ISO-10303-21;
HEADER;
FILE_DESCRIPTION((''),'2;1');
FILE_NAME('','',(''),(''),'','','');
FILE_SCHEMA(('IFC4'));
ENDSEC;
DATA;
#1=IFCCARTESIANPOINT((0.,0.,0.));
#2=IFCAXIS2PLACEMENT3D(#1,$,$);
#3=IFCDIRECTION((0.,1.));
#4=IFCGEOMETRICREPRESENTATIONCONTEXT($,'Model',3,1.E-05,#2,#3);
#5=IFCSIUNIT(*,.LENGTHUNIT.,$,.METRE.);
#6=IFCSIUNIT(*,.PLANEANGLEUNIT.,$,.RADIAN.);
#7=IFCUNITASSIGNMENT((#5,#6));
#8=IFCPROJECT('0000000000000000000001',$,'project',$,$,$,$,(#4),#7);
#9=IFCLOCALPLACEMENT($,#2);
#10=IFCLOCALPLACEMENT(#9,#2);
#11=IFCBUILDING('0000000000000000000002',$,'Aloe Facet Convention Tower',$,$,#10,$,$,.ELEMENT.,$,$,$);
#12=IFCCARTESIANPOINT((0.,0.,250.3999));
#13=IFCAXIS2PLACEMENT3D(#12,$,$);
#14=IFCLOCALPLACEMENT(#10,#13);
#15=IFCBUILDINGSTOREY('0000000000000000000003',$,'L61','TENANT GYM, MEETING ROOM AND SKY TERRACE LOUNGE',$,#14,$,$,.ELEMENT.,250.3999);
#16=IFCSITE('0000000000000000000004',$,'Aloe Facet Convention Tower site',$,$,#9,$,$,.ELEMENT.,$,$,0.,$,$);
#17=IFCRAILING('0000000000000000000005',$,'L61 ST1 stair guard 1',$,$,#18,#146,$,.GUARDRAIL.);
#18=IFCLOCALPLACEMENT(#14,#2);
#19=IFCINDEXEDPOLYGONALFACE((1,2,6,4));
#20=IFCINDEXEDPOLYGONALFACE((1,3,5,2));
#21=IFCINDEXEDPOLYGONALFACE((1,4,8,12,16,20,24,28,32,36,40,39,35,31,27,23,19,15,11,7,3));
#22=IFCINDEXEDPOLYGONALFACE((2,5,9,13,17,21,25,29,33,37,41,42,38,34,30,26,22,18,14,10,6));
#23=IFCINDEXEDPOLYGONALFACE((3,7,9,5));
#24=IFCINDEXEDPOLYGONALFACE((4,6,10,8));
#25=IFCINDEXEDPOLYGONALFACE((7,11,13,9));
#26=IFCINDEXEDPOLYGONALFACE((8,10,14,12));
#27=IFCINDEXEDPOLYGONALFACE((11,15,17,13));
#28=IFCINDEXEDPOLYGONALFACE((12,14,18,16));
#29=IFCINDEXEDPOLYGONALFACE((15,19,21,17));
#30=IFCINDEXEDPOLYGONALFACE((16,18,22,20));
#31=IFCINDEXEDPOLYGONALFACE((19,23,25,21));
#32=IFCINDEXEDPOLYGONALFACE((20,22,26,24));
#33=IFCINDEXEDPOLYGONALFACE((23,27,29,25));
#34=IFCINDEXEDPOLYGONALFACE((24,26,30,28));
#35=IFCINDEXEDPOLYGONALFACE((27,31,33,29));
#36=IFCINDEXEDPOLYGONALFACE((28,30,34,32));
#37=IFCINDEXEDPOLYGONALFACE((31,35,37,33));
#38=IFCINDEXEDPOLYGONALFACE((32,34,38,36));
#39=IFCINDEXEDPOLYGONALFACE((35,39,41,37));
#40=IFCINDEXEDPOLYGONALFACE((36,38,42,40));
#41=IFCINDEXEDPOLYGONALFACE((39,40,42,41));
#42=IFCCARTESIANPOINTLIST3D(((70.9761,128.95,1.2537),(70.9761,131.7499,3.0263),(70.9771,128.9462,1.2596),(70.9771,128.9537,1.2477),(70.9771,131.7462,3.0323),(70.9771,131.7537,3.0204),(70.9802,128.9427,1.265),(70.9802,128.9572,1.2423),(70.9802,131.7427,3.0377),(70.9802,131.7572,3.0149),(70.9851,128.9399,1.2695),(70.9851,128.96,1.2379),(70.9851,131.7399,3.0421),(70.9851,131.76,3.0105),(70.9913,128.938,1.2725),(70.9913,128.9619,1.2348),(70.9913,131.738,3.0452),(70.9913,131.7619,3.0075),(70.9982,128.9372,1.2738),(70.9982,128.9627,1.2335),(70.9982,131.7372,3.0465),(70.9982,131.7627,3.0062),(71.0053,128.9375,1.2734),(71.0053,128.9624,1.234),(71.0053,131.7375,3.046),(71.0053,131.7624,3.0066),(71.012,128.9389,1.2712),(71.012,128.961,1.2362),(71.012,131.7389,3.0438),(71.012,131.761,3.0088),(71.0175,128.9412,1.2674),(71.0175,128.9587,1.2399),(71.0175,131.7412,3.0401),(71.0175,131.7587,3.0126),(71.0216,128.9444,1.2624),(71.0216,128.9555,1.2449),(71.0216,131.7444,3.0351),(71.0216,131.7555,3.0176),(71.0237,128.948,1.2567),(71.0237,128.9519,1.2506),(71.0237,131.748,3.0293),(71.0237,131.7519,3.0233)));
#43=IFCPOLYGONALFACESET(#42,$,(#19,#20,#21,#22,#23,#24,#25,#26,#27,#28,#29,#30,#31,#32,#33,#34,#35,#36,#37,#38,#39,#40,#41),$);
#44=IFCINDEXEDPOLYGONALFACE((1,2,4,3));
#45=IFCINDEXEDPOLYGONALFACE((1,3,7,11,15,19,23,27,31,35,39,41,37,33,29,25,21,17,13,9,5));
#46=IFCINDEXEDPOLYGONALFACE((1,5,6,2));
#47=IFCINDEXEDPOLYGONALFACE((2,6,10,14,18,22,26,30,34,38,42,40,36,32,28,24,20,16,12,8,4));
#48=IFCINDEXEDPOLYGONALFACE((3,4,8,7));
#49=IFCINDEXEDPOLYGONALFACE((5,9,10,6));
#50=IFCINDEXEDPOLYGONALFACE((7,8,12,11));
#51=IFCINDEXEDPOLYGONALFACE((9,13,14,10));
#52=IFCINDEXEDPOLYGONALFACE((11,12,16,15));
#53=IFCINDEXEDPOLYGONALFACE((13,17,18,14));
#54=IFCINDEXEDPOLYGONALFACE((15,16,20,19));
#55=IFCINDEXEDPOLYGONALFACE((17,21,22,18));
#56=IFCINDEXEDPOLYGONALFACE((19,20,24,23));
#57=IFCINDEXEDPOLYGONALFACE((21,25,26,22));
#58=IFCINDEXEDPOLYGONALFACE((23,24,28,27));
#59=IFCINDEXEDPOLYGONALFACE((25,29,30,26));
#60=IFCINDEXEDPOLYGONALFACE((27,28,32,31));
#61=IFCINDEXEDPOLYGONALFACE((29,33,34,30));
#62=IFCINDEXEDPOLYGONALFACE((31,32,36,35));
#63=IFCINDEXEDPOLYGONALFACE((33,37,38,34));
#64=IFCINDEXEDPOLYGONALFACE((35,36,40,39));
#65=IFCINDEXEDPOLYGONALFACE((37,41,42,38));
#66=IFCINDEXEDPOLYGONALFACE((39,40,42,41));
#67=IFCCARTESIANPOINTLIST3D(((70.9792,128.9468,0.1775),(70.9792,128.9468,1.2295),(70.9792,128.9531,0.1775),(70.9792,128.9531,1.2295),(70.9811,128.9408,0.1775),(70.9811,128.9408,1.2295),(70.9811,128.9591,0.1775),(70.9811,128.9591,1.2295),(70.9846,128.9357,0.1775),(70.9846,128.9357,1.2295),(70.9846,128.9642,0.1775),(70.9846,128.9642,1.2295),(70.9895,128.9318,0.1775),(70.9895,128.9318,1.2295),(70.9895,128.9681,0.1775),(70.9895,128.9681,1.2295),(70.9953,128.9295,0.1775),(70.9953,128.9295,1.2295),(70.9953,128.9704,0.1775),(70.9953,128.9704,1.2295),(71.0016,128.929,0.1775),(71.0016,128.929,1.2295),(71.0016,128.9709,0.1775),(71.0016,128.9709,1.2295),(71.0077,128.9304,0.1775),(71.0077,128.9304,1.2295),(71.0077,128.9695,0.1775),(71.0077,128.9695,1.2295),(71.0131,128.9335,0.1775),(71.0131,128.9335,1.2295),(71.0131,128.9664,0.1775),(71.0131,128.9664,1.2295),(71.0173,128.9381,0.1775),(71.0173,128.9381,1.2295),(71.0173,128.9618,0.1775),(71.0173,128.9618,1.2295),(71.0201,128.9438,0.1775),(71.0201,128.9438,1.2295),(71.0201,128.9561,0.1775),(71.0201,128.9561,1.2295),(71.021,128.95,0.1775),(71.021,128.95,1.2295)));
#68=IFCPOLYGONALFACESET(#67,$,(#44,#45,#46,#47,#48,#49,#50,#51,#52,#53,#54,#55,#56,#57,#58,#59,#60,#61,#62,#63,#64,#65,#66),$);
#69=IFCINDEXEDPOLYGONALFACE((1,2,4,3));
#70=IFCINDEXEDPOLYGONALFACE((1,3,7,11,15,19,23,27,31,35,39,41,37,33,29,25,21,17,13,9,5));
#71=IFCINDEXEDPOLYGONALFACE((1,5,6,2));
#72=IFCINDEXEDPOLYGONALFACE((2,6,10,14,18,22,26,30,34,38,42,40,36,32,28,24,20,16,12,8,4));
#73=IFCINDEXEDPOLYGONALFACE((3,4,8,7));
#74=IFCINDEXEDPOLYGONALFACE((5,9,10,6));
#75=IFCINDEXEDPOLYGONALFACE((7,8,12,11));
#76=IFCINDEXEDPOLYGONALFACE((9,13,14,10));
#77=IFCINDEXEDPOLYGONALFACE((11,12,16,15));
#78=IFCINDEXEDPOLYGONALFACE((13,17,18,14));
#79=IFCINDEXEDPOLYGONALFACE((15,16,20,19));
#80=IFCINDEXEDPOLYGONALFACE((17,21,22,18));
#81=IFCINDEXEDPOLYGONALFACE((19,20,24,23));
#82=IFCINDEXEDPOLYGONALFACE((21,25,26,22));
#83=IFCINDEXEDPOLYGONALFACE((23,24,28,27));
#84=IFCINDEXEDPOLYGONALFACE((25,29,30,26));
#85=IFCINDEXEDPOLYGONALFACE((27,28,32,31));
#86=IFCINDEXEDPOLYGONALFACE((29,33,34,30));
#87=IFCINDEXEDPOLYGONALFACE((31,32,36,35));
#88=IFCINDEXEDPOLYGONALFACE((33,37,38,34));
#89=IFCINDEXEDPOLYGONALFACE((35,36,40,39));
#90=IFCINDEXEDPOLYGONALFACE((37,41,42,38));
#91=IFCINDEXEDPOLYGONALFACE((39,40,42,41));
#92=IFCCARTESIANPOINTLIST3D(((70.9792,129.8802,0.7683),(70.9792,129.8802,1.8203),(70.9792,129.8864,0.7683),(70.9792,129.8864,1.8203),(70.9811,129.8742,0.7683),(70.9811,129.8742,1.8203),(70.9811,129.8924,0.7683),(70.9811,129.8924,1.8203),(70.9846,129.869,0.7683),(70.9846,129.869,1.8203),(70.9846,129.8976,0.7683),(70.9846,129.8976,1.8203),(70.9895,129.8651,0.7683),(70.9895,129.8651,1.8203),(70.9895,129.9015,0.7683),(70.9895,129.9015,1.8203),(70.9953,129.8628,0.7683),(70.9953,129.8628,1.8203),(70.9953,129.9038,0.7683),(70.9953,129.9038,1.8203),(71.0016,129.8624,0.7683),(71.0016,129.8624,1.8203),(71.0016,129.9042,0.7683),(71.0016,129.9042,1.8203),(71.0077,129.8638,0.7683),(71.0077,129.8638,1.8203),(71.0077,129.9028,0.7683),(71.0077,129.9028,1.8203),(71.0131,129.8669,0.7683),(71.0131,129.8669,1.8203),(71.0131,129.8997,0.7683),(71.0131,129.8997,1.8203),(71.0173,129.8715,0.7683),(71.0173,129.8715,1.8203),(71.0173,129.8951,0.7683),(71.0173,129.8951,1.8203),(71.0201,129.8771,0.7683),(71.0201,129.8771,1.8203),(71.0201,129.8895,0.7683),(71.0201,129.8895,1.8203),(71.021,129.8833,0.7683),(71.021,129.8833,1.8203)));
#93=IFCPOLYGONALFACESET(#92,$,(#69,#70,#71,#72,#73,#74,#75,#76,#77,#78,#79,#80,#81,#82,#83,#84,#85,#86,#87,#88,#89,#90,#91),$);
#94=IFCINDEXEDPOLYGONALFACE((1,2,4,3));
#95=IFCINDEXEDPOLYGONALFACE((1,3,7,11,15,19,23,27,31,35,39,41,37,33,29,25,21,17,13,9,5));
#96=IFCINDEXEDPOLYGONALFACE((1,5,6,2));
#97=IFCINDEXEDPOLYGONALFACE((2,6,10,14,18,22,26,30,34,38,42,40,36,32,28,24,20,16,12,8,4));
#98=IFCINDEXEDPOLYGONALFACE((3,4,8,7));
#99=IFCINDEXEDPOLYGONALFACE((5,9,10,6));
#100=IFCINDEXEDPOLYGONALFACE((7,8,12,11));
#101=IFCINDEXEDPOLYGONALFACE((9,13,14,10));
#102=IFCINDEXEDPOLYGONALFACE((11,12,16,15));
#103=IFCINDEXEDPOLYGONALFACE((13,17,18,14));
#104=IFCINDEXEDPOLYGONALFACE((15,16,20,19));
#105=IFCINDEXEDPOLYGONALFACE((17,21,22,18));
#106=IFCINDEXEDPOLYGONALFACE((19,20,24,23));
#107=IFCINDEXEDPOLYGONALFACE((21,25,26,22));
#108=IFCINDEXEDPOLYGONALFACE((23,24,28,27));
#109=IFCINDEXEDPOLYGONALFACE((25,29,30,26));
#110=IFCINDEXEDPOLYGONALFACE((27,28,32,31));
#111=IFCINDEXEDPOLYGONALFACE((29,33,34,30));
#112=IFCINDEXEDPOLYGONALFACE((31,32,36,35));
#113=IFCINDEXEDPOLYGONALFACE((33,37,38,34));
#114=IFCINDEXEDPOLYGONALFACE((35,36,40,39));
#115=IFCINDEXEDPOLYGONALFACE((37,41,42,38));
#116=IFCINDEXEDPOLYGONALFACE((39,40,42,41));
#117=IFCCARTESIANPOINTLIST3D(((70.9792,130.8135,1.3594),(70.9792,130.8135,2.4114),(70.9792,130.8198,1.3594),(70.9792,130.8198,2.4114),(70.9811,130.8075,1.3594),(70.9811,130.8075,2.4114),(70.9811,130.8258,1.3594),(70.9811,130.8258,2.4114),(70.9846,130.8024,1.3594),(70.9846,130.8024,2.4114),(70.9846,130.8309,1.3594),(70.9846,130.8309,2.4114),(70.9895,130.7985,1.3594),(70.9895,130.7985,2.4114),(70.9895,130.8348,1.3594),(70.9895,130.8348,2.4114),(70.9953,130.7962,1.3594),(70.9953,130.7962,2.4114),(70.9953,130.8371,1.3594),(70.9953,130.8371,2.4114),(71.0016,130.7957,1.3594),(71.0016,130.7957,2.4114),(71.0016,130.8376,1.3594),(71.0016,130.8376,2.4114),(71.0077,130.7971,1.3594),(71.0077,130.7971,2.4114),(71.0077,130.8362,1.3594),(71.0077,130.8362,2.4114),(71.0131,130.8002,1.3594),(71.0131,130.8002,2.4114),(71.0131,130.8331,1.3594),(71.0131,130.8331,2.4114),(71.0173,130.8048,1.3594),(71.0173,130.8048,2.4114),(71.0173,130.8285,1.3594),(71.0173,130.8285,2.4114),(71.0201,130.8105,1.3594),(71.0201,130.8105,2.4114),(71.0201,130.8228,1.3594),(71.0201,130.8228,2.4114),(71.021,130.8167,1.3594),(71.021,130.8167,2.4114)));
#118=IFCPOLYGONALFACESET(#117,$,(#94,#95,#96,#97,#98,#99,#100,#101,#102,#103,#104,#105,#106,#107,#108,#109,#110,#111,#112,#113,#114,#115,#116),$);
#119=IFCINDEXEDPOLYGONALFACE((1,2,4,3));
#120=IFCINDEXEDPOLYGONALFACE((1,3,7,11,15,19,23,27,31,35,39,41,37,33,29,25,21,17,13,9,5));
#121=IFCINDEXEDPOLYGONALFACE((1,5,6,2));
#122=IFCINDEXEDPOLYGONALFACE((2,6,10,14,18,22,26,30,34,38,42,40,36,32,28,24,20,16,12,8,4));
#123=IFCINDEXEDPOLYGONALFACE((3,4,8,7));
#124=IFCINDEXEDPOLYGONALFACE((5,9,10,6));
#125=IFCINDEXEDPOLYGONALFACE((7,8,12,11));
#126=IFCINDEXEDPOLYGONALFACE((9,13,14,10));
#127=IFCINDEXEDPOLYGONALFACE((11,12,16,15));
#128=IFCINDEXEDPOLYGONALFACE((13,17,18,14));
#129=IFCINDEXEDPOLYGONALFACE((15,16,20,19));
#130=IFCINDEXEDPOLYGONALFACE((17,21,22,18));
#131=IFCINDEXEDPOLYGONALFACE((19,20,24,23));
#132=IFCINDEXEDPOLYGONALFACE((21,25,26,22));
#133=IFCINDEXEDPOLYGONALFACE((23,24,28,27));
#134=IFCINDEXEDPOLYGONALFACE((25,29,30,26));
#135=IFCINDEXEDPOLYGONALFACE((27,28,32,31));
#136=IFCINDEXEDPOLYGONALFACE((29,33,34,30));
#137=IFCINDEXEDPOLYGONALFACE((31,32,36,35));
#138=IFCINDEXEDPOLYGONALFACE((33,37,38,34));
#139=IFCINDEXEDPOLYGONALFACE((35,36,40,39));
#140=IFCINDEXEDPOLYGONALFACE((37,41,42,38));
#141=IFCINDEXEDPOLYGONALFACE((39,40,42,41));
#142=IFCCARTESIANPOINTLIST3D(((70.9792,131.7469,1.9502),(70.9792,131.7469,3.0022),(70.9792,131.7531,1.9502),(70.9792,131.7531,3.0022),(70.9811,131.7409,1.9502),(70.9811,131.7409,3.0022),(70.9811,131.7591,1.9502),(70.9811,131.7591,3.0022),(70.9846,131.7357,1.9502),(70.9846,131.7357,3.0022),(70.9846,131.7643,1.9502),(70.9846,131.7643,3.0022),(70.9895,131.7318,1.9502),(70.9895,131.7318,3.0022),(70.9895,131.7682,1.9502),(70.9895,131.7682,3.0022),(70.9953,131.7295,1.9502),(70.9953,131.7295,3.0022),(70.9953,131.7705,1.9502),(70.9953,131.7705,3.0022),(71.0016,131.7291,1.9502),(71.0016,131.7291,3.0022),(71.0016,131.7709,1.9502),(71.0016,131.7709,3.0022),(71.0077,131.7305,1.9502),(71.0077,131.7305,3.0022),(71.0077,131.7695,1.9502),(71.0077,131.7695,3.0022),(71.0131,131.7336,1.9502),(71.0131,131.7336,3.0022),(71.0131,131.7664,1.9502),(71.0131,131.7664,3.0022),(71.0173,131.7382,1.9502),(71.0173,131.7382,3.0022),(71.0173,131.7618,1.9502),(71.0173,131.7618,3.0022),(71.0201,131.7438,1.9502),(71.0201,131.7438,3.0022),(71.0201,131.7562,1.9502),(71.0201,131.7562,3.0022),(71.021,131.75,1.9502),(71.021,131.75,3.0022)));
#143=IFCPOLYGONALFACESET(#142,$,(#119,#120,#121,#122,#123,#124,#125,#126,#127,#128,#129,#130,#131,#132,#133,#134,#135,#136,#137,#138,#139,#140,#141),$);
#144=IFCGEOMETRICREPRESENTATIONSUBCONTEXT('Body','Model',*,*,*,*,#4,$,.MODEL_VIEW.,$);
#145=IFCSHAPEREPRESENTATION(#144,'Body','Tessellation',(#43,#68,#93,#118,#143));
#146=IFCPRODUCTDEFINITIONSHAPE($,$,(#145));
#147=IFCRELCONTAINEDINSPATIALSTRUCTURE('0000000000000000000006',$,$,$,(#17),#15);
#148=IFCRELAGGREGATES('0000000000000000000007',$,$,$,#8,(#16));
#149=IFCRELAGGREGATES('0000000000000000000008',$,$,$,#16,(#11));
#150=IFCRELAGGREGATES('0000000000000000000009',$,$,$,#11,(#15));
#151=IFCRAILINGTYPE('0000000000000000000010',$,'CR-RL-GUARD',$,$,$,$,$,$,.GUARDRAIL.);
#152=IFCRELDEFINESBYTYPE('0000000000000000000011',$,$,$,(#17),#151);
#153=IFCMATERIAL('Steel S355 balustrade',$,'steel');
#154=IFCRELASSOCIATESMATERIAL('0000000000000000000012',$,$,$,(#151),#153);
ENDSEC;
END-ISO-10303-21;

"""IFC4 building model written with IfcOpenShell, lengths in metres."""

from ifc_helpers import new_model, si_unit, direction, frame, origin, origin_2d, place, context, subcontext, project, spatial, circle, extrude, material, type_object, element, save


model = new_model("IFC4")

# Units and contexts
model_context = context("Model", 3, precision=1e-05, world=origin(), true_north=direction((0.0, 1.0)))
body_context = subcontext(model_context, "Body", "Model", "MODEL_VIEW")
ifc_project = project(units=[si_unit("LENGTHUNIT", "METRE"), si_unit("PLANEANGLEUNIT", "RADIAN")], contexts=[model_context])

# Site, building, storey
site_placement = place(None, origin())
site = spatial("IfcSite", under=ifc_project, at=site_placement, Name="Aloe Facet Convention Tower site", CompositionType="ELEMENT", RefElevation=0.0)
building_placement = place(site_placement, origin())
building = spatial("IfcBuilding", under=site, at=building_placement, Name="Aloe Facet Convention Tower", CompositionType="ELEMENT")
storey_placement = place(building_placement, frame((0.0, 0.0, 250.3999)))
storey = spatial("IfcBuildingStorey", under=building, at=storey_placement, Name="L61", Description="TENANT GYM, MEETING ROOM AND SKY TERRACE LOUNGE", CompositionType="ELEMENT", Elevation=250.3999)

# Railing
ifc_material_1 = material(Name="Steel S355 balustrade", Category="steel")
railing_type_1 = type_object("IfcRailingType", Name="CR-RL-GUARD", PredefinedType="GUARDRAIL", material=ifc_material_1)
railing_1_placement = place(storey_placement, frame((71.0, 128.95, 0.1775)))
element("IfcRailing", 1, at=railing_1_placement, inside=storey, type_object=railing_type_1, Name="L61 ST1 stair guard 1", PredefinedType="GUARDRAIL", context=body_context, shape_type="SweptSolid", body=[
    extrude(circle(Radius=0.0239, at=origin_2d()), frame((0.0, 0.0, 1.0762), z_axis=(0.0, 0.844909, 0.53491), x_axis=(-1.0, 0.0, 0.0)), (0.0, 0.0, 1.0), 3.314),
    extrude(circle(Radius=0.021, at=origin_2d()), origin(), (0.0, 0.0, 1.0), 1.052),
    extrude(circle(Radius=0.021, at=origin_2d()), frame((0.0, 0.9333, 0.5908)), (0.0, 0.0, 1.0), 1.052),
    extrude(circle(Radius=0.021, at=origin_2d()), frame((0.0, 1.8667, 1.1819)), (0.0, 0.0, 1.0), 1.052),
    extrude(circle(Radius=0.021, at=origin_2d()), frame((0.0, 2.8, 1.7727)), (0.0, 0.0, 1.0), 1.052),
])

save(model, "model.ifc")
